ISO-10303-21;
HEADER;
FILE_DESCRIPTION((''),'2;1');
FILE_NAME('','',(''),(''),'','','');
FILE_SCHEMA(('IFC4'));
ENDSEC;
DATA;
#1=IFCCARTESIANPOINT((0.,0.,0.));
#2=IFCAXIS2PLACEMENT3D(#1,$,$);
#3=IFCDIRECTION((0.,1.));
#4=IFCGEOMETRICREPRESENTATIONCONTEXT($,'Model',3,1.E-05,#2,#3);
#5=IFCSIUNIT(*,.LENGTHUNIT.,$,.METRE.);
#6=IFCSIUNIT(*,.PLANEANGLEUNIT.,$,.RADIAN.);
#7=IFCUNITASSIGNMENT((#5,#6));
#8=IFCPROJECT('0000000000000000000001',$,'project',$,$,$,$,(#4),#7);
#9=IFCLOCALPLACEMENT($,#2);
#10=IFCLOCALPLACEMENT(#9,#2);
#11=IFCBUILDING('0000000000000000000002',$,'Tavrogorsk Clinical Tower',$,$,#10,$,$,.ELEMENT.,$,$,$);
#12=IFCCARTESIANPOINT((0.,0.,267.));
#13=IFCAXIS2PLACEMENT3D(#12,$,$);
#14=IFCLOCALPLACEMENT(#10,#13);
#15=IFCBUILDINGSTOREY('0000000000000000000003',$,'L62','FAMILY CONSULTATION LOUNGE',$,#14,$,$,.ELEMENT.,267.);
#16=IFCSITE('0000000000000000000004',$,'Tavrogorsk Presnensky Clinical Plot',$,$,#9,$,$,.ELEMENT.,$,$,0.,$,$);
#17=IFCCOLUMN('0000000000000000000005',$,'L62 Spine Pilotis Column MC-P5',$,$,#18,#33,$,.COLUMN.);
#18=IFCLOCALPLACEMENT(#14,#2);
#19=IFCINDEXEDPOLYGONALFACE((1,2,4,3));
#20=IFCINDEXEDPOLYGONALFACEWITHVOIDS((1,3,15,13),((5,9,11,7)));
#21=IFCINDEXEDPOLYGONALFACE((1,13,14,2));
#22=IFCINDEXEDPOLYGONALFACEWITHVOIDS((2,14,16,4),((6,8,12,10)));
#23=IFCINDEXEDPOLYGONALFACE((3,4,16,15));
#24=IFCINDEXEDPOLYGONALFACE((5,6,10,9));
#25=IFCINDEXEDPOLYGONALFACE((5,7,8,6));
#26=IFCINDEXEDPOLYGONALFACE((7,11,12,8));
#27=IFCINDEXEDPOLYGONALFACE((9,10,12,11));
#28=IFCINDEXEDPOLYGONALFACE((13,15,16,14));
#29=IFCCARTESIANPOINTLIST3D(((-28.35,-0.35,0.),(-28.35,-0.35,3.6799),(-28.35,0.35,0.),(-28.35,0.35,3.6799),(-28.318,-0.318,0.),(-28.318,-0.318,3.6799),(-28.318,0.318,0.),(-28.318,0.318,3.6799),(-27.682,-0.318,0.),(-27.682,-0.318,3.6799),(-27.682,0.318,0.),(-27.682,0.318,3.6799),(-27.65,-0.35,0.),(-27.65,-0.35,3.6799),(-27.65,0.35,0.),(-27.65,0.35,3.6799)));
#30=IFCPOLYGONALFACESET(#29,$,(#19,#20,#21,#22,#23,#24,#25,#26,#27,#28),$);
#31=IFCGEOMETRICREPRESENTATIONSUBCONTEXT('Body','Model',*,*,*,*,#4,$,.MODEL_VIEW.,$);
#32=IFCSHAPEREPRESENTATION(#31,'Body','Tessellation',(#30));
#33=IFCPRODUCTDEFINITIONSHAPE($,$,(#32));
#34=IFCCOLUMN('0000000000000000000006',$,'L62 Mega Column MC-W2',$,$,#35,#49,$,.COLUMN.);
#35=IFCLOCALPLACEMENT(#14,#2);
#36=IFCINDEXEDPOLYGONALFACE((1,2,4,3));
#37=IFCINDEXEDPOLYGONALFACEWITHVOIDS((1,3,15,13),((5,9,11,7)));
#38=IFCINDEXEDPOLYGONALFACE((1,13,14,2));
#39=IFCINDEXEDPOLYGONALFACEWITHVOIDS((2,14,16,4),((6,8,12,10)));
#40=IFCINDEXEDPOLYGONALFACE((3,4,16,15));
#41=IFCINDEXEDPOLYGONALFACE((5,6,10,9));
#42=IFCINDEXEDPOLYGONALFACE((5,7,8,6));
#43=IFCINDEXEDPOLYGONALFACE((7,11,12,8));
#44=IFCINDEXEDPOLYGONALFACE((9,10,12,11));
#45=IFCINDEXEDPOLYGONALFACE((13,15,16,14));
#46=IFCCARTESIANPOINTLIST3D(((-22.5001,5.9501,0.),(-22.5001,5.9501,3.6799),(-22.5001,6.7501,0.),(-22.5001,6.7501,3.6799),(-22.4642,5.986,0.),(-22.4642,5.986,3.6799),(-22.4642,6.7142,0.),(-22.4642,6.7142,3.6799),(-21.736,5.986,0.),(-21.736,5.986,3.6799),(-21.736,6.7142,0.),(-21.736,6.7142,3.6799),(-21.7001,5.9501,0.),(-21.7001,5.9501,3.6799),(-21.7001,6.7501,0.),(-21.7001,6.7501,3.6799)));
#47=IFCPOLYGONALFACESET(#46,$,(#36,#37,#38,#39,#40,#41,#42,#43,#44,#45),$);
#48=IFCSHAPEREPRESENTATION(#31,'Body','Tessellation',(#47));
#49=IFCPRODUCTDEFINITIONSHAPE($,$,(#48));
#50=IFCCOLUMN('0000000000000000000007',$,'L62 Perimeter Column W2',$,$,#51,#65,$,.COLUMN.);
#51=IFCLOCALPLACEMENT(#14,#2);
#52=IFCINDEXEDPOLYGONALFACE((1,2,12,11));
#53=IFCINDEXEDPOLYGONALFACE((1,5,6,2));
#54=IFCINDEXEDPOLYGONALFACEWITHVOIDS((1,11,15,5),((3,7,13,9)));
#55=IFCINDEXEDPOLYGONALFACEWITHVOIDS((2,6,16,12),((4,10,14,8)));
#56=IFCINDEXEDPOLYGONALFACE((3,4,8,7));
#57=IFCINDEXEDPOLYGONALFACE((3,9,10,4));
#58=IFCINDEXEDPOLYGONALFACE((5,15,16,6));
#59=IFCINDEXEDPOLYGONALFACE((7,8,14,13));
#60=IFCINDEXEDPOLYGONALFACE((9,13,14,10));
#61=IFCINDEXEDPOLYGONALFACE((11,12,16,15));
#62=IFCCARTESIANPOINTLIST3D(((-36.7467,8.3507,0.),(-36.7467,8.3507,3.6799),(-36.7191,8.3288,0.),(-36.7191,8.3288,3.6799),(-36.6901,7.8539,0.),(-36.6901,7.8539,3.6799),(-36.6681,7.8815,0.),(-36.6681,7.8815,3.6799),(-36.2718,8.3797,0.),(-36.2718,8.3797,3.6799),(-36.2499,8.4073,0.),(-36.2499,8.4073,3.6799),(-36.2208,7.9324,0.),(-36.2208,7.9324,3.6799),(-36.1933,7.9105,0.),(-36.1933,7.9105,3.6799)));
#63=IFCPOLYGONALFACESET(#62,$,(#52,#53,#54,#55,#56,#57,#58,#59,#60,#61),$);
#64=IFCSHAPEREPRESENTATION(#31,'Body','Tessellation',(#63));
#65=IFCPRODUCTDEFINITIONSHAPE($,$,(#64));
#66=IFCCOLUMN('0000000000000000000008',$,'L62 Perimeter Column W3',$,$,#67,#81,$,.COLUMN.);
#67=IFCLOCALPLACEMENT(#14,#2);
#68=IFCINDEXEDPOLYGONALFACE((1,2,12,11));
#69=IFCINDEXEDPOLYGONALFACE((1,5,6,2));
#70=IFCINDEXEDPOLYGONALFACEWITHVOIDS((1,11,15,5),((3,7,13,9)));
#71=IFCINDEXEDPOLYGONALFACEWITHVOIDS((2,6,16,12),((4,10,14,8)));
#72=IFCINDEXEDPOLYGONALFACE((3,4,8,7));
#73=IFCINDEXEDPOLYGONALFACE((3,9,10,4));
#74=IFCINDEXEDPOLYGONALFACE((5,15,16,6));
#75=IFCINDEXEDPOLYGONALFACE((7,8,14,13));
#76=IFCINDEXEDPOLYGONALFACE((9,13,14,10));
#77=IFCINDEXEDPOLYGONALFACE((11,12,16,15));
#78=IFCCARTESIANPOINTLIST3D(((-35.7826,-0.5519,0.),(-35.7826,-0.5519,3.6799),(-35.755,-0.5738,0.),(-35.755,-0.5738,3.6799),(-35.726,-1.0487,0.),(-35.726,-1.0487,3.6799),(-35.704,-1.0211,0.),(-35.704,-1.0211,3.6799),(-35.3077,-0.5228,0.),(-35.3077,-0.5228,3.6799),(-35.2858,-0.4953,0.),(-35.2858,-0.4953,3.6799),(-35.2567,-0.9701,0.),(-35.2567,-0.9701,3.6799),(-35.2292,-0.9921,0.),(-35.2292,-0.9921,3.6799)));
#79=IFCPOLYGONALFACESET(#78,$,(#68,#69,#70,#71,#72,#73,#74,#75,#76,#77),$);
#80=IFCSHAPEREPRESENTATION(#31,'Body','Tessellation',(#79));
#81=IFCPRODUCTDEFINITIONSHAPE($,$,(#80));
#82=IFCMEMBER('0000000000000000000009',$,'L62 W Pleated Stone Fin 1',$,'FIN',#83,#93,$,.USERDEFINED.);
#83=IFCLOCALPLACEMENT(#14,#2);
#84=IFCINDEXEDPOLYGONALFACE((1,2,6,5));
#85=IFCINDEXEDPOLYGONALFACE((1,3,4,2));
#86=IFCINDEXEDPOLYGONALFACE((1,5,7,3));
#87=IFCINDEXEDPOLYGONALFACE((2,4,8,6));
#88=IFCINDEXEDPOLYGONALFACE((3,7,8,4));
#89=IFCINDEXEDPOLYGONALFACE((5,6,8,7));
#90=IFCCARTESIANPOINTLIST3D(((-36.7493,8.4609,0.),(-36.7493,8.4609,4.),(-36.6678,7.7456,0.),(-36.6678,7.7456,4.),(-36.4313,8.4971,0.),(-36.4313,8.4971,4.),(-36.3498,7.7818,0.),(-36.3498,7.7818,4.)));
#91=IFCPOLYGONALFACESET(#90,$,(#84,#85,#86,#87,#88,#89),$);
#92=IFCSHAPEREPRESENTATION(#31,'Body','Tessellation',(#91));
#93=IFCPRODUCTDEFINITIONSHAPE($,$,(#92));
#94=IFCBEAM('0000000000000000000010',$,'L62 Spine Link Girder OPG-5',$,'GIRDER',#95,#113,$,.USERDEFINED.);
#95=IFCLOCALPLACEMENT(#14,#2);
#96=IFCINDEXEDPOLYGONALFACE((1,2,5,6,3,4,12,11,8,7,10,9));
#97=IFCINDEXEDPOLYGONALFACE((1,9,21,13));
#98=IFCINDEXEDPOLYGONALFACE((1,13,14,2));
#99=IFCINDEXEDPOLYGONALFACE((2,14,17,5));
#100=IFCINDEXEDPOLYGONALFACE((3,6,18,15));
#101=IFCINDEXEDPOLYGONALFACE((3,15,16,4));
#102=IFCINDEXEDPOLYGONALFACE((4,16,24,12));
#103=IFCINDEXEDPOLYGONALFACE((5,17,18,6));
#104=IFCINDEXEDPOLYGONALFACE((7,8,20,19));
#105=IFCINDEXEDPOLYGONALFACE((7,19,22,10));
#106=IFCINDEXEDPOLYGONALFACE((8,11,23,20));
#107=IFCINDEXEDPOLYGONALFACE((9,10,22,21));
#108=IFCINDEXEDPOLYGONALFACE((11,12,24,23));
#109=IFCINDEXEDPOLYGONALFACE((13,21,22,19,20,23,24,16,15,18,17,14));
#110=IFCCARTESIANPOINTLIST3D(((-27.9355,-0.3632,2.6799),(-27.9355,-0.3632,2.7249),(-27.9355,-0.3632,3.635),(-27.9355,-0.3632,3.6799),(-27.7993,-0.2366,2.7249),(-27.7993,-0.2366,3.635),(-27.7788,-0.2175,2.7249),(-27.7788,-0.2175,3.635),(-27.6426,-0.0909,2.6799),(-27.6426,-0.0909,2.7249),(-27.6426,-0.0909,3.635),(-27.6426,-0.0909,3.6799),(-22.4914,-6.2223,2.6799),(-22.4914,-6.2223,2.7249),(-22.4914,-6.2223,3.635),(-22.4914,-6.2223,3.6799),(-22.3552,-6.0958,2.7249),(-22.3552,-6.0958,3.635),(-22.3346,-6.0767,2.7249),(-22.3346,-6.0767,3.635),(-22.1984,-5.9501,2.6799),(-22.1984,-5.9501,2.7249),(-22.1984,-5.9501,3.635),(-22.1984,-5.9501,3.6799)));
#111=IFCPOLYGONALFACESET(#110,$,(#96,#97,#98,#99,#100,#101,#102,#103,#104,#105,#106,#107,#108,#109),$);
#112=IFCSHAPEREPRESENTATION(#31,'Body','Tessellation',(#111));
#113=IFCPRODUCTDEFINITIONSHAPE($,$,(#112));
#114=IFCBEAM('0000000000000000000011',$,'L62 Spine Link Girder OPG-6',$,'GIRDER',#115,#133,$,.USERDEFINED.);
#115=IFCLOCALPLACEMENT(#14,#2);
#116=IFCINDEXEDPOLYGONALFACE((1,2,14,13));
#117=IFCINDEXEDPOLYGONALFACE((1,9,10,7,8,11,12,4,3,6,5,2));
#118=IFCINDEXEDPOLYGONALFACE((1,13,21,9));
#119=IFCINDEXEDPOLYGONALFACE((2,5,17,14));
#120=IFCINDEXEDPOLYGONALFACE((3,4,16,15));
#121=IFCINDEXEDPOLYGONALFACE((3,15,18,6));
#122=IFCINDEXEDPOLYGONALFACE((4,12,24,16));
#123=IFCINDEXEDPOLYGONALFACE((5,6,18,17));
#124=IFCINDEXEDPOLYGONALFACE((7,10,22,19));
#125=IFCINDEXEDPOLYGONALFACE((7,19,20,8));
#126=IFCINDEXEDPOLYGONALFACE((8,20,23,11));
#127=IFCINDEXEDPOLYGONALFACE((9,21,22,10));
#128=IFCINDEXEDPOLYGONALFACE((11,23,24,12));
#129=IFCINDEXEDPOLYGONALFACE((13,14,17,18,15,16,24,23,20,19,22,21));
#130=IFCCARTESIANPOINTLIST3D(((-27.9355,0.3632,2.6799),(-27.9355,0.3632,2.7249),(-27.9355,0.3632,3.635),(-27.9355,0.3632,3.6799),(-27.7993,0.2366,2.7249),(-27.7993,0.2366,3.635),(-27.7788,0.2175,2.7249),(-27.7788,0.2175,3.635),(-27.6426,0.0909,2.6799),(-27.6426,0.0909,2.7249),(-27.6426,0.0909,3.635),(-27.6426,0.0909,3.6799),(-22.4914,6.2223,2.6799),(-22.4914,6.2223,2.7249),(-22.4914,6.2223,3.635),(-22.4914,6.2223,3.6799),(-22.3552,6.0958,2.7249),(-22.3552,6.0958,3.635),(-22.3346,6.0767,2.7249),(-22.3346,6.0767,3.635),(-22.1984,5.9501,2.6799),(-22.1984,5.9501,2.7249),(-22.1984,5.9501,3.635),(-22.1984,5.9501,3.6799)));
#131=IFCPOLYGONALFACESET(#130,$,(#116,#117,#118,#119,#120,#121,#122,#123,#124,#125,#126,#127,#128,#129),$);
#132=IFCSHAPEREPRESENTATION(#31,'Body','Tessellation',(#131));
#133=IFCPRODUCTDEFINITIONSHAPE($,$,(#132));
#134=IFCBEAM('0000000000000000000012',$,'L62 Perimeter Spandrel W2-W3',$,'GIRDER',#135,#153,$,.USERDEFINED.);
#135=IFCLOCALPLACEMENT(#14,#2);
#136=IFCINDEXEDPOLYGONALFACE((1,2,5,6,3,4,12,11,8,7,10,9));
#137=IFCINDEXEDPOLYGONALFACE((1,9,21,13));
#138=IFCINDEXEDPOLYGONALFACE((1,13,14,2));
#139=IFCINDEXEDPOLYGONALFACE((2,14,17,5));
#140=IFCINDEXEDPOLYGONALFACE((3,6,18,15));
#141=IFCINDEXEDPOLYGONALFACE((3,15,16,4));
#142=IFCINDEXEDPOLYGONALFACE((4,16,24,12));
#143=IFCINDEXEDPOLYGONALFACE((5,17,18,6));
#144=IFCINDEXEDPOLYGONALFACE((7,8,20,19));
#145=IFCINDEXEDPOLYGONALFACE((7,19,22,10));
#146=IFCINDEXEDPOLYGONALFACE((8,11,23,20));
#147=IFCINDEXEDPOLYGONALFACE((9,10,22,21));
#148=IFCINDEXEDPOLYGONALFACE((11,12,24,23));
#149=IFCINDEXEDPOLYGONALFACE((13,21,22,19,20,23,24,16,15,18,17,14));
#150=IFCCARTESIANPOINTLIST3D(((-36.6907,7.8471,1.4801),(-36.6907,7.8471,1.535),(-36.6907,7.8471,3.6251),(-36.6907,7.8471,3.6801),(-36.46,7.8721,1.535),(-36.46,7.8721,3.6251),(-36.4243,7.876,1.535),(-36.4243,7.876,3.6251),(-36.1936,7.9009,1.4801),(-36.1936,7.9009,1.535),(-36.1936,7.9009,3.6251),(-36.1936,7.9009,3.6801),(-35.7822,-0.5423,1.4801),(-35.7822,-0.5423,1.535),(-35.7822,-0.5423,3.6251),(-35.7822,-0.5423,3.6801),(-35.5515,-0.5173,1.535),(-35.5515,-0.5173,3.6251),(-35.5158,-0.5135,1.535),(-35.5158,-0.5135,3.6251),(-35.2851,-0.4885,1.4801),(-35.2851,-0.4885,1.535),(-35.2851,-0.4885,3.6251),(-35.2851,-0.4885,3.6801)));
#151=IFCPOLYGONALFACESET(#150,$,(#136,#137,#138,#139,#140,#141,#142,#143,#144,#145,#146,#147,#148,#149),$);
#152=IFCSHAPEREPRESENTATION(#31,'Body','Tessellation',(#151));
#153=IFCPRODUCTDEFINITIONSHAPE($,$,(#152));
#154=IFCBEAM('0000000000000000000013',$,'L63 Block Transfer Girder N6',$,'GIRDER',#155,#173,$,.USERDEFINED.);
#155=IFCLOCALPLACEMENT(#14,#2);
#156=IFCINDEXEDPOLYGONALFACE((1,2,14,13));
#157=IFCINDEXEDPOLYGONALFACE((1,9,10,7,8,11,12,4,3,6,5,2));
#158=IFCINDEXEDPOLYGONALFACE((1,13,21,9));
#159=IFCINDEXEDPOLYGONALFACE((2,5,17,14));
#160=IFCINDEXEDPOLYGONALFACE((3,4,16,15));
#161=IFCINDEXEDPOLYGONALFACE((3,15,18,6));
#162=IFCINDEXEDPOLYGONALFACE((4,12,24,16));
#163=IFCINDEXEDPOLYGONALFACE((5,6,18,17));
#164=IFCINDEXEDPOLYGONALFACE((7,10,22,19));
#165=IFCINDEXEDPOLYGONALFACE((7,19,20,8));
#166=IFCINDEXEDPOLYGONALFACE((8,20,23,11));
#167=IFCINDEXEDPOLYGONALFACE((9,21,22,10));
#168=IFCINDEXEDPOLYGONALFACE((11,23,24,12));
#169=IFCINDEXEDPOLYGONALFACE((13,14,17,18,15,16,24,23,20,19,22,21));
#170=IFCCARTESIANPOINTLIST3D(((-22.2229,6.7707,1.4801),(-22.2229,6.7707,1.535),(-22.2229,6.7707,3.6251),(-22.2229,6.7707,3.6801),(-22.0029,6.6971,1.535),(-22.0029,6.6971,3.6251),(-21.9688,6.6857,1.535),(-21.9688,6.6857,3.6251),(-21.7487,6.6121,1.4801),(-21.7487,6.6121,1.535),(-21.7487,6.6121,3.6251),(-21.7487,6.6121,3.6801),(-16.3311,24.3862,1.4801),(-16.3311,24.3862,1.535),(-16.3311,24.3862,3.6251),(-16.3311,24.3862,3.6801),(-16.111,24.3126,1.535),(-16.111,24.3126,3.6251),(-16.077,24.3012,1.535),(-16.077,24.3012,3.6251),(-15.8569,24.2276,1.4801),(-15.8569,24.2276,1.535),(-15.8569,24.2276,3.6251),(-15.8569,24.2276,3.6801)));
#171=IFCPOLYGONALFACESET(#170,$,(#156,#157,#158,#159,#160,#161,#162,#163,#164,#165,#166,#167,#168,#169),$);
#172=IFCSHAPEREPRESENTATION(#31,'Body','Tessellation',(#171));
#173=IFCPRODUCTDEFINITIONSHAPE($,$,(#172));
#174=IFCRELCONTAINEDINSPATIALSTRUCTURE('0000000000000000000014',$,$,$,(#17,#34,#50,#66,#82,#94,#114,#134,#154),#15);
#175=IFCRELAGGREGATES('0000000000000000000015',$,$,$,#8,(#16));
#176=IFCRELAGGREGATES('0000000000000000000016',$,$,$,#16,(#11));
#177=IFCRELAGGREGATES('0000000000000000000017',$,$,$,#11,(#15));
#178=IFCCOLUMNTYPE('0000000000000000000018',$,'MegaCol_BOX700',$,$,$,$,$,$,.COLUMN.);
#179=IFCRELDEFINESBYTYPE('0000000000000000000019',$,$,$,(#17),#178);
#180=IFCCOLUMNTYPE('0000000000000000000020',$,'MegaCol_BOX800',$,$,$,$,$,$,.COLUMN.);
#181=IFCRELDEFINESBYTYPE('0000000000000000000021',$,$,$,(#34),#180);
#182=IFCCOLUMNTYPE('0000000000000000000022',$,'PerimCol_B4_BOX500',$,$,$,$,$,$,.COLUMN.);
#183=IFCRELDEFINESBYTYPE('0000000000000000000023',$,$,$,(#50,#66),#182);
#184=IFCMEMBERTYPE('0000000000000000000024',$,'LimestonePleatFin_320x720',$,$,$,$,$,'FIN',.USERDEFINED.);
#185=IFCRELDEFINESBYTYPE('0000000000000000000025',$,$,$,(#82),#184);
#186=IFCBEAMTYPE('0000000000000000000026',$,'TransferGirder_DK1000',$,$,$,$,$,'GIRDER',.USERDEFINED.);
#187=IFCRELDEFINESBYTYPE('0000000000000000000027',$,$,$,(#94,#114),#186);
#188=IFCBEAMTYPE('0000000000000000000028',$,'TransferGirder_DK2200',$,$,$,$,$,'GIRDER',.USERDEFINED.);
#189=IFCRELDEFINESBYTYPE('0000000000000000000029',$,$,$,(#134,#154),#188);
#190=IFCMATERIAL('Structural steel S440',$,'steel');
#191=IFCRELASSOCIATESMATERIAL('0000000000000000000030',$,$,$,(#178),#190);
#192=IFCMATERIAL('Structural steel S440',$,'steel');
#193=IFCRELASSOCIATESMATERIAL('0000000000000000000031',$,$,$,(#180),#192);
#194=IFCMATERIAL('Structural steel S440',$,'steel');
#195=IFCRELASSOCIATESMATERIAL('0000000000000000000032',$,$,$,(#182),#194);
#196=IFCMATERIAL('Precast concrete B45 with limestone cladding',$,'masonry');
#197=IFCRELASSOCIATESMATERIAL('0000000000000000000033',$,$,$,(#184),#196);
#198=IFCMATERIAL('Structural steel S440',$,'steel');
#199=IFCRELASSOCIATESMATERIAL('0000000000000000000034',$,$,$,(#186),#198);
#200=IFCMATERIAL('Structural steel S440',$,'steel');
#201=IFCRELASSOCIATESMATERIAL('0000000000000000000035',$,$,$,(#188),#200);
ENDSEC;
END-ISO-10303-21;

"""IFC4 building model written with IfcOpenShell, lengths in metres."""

from ifc_helpers import new_model, si_unit, direction, frame, origin, origin_2d, place, context, subcontext, project, spatial, rectangle, hollow_rectangle, i_section, extrude, material, material_profile, profile_set, type_object, element, save


model = new_model("IFC4")

# Units and contexts
model_context = context("Model", 3, precision=1e-05, world=origin(), true_north=direction((0.0, 1.0)))
body_context = subcontext(model_context, "Body", "Model", "MODEL_VIEW")
ifc_project = project(units=[si_unit("LENGTHUNIT", "METRE"), si_unit("PLANEANGLEUNIT", "RADIAN")], contexts=[model_context])

# Site, building, storey
site_placement = place(None, origin())
site = spatial("IfcSite", under=ifc_project, at=site_placement, Name="Tavrogorsk Presnensky Clinical Plot", CompositionType="ELEMENT", RefElevation=0.0)
building_placement = place(site_placement, origin())
building = spatial("IfcBuilding", under=site, at=building_placement, Name="Tavrogorsk Clinical Tower", CompositionType="ELEMENT")
storey_placement = place(building_placement, frame((0.0, 0.0, 267.0)))
storey = spatial("IfcBuildingStorey", under=building, at=storey_placement, Name="L62", Description="FAMILY CONSULTATION LOUNGE", CompositionType="ELEMENT", Elevation=267.0)

# Columns
ifc_material_1 = material(Name="Structural steel S440", Category="steel")
ifc_material_profile_1 = material_profile(ifc_material_1, hollow_rectangle(XDim=0.7, YDim=0.7, WallThickness=0.032, at=origin_2d()), Name="BOX-700x700x32")
ifc_profile_set_1 = profile_set([ifc_material_profile_1], Name="Structural steel S440")
column_type_1 = type_object("IfcColumnType", Name="MegaCol_BOX700", PredefinedType="COLUMN", material=ifc_profile_set_1)
column_1_placement = place(storey_placement, frame((-28.0, 0.0, 0.0), z_axis=(0.0, 0.0, 1.0), x_axis=(1.0, 0.0, 0.0)))
element("IfcColumn", 1, at=column_1_placement, inside=storey, type_object=column_type_1, Name="L62 Spine Pilotis Column MC-P5", PredefinedType="COLUMN", context=body_context, shape_type="SweptSolid", body=[
    extrude(hollow_rectangle(XDim=0.7, YDim=0.7, WallThickness=0.032, at=origin_2d()), origin(), (0.0, 0.0, 1.0), 3.6799),
])
ifc_material_2 = material(Name="Structural steel S440", Category="steel")
ifc_material_profile_2 = material_profile(ifc_material_2, hollow_rectangle(XDim=0.8, YDim=0.8, WallThickness=0.0359, at=origin_2d()), Name="BOX-800x800x36")
ifc_profile_set_2 = profile_set([ifc_material_profile_2], Name="Structural steel S440")
column_type_2 = type_object("IfcColumnType", Name="MegaCol_BOX800", PredefinedType="COLUMN", material=ifc_profile_set_2)
column_2_placement = place(storey_placement, frame((-22.1001, 6.3501, 0.0), z_axis=(0.0, 0.0, 1.0), x_axis=(1.0, 0.0, 0.0)))
element("IfcColumn", 2, at=column_2_placement, inside=storey, type_object=column_type_2, Name="L62 Mega Column MC-W2", PredefinedType="COLUMN", context=body_context, shape_type="SweptSolid", body=[
    extrude(hollow_rectangle(XDim=0.8, YDim=0.8, WallThickness=0.0359, at=origin_2d()), origin(), (0.0, 0.0, 1.0), 3.6799),
])
ifc_material_3 = material(Name="Structural steel S440", Category="steel")
ifc_material_profile_3 = material_profile(ifc_material_3, hollow_rectangle(XDim=0.5, YDim=0.5, WallThickness=0.0249, at=origin_2d()), Name="BOX-500x500x25")
ifc_profile_set_3 = profile_set([ifc_material_profile_3], Name="Structural steel S440")
column_type_3 = type_object("IfcColumnType", Name="PerimCol_B4_BOX500", PredefinedType="COLUMN", material=ifc_profile_set_3)
for number, where, z_axis, x_axis, name in (
    (3, (-36.47, 8.1306, 0.0), (0.0, 0.0, 1.0), (0.993572, 0.113203, 0.0), "L62 Perimeter Column W2"),
    (4, (-35.5059, -0.772, 0.0), (0.0, 0.0, 1.0), (0.993572, 0.113203, 0.0), "L62 Perimeter Column W3"),
):
    element("IfcColumn", number, at=place(storey_placement, frame(where, z_axis=z_axis, x_axis=x_axis)), inside=storey, type_object=column_type_3, Name=name, PredefinedType="COLUMN", context=body_context, shape_type="SweptSolid", body=[
        extrude(hollow_rectangle(XDim=0.5, YDim=0.5, WallThickness=0.0249, at=origin_2d()), origin(), (0.0, 0.0, 1.0), 3.6799),
    ])

# Member
ifc_material_4 = material(Name="Precast concrete B45 with limestone cladding", Category="masonry")
ifc_material_profile_4 = material_profile(ifc_material_4, rectangle(XDim=0.3201, YDim=0.72, at=origin_2d()), Name="LIMESTONE-FIN-320x720")
ifc_profile_set_4 = profile_set([ifc_material_profile_4], Name="Precast concrete B45 with limestone cladding")
member_type = type_object("IfcMemberType", Name="LimestonePleatFin_320x720", ElementType="FIN", PredefinedType="USERDEFINED", material=ifc_profile_set_4)
member_placement = place(storey_placement, frame((-36.5496, 8.1213, 0.0), z_axis=(0.0, 0.0, 1.0), x_axis=(0.993572, 0.113203, 0.0)))
element("IfcMember", 5, at=member_placement, inside=storey, type_object=member_type, Name="L62 W Pleated Stone Fin 1", ObjectType="FIN", PredefinedType="USERDEFINED", context=body_context, shape_type="SweptSolid", body=[
    extrude(rectangle(XDim=0.3201, YDim=0.72, at=origin_2d()), origin(), (0.0, 0.0, 1.0), 4.0),
])

# Beams
ifc_material_5 = material(Name="Structural steel S440", Category="steel")
ifc_material_profile_5 = material_profile(ifc_material_5, i_section(OverallWidth=0.3999, OverallDepth=1.0, WebThickness=0.0281, FlangeThickness=0.0449, at=origin_2d()), Name="DK-1000x400x28x45")
ifc_profile_set_5 = profile_set([ifc_material_profile_5], Name="Structural steel S440")
beam_type_1 = type_object("IfcBeamType", Name="TransferGirder_DK1000", ElementType="GIRDER", PredefinedType="USERDEFINED", material=ifc_profile_set_5)
for number, where, z_axis, x_axis, name in (
    (6, (-27.7891, -0.2271, 3.1799), (0.680684, -0.732577, 0.0), (0.732577, 0.680684, 0.0), "L62 Spine Link Girder OPG-5"),
    (7, (-27.7891, 0.2271, 3.1799), (0.680684, 0.732577, 0.0), (-0.732577, 0.680684, 0.0), "L62 Spine Link Girder OPG-6"),
):
    element("IfcBeam", number, at=place(storey_placement, frame(where, z_axis=z_axis, x_axis=x_axis)), inside=storey, type_object=beam_type_1, Name=name, ObjectType="GIRDER", PredefinedType="USERDEFINED", context=body_context, shape_type="SweptSolid", body=[
        extrude(i_section(OverallWidth=0.3999, OverallDepth=1.0, WebThickness=0.0281, FlangeThickness=0.0449, at=origin_2d()), origin(), (0.0, 0.0, 1.0), 7.998),
    ])
ifc_material_6 = material(Name="Structural steel S440", Category="steel")
ifc_material_profile_6 = material_profile(ifc_material_6, i_section(OverallWidth=0.5, OverallDepth=2.2, WebThickness=0.0359, FlangeThickness=0.0549, at=origin_2d()), Name="DK-2200x500x36x55")
ifc_profile_set_6 = profile_set([ifc_material_profile_6], Name="Structural steel S440")
beam_type_2 = type_object("IfcBeamType", Name="TransferGirder_DK2200", ElementType="GIRDER", PredefinedType="USERDEFINED", material=ifc_profile_set_6)
beam_1_placement = place(storey_placement, frame((-36.4421, 7.874, 2.5801), z_axis=(0.107656, -0.994188, 0.0), x_axis=(0.994188, 0.107656, 0.0)))
element("IfcBeam", 8, at=beam_1_placement, inside=storey, type_object=beam_type_2, Name="L62 Perimeter Spandrel W2-W3", ObjectType="GIRDER", PredefinedType="USERDEFINED", context=body_context, shape_type="SweptSolid", body=[
    extrude(i_section(OverallWidth=0.5, OverallDepth=2.2, WebThickness=0.0359, FlangeThickness=0.0549, at=origin_2d()), origin(), (0.0, 0.0, 1.0), 8.4385),
])
beam_2_placement = place(storey_placement, frame((-21.9858, 6.6914, 2.5801), z_axis=(0.317198, 0.948359, 0.0), x_axis=(-0.948359, 0.317198, 0.0)))
element("IfcBeam", 9, at=beam_2_placement, inside=storey, type_object=beam_type_2, Name="L63 Block Transfer Girder N6", ObjectType="GIRDER", PredefinedType="USERDEFINED", context=body_context, shape_type="SweptSolid", body=[
    extrude(i_section(OverallWidth=0.5, OverallDepth=2.2, WebThickness=0.0359, FlangeThickness=0.0549, at=origin_2d()), origin(), (0.0, 0.0, 1.0), 18.5747),
])

save(model, "model.ifc")
